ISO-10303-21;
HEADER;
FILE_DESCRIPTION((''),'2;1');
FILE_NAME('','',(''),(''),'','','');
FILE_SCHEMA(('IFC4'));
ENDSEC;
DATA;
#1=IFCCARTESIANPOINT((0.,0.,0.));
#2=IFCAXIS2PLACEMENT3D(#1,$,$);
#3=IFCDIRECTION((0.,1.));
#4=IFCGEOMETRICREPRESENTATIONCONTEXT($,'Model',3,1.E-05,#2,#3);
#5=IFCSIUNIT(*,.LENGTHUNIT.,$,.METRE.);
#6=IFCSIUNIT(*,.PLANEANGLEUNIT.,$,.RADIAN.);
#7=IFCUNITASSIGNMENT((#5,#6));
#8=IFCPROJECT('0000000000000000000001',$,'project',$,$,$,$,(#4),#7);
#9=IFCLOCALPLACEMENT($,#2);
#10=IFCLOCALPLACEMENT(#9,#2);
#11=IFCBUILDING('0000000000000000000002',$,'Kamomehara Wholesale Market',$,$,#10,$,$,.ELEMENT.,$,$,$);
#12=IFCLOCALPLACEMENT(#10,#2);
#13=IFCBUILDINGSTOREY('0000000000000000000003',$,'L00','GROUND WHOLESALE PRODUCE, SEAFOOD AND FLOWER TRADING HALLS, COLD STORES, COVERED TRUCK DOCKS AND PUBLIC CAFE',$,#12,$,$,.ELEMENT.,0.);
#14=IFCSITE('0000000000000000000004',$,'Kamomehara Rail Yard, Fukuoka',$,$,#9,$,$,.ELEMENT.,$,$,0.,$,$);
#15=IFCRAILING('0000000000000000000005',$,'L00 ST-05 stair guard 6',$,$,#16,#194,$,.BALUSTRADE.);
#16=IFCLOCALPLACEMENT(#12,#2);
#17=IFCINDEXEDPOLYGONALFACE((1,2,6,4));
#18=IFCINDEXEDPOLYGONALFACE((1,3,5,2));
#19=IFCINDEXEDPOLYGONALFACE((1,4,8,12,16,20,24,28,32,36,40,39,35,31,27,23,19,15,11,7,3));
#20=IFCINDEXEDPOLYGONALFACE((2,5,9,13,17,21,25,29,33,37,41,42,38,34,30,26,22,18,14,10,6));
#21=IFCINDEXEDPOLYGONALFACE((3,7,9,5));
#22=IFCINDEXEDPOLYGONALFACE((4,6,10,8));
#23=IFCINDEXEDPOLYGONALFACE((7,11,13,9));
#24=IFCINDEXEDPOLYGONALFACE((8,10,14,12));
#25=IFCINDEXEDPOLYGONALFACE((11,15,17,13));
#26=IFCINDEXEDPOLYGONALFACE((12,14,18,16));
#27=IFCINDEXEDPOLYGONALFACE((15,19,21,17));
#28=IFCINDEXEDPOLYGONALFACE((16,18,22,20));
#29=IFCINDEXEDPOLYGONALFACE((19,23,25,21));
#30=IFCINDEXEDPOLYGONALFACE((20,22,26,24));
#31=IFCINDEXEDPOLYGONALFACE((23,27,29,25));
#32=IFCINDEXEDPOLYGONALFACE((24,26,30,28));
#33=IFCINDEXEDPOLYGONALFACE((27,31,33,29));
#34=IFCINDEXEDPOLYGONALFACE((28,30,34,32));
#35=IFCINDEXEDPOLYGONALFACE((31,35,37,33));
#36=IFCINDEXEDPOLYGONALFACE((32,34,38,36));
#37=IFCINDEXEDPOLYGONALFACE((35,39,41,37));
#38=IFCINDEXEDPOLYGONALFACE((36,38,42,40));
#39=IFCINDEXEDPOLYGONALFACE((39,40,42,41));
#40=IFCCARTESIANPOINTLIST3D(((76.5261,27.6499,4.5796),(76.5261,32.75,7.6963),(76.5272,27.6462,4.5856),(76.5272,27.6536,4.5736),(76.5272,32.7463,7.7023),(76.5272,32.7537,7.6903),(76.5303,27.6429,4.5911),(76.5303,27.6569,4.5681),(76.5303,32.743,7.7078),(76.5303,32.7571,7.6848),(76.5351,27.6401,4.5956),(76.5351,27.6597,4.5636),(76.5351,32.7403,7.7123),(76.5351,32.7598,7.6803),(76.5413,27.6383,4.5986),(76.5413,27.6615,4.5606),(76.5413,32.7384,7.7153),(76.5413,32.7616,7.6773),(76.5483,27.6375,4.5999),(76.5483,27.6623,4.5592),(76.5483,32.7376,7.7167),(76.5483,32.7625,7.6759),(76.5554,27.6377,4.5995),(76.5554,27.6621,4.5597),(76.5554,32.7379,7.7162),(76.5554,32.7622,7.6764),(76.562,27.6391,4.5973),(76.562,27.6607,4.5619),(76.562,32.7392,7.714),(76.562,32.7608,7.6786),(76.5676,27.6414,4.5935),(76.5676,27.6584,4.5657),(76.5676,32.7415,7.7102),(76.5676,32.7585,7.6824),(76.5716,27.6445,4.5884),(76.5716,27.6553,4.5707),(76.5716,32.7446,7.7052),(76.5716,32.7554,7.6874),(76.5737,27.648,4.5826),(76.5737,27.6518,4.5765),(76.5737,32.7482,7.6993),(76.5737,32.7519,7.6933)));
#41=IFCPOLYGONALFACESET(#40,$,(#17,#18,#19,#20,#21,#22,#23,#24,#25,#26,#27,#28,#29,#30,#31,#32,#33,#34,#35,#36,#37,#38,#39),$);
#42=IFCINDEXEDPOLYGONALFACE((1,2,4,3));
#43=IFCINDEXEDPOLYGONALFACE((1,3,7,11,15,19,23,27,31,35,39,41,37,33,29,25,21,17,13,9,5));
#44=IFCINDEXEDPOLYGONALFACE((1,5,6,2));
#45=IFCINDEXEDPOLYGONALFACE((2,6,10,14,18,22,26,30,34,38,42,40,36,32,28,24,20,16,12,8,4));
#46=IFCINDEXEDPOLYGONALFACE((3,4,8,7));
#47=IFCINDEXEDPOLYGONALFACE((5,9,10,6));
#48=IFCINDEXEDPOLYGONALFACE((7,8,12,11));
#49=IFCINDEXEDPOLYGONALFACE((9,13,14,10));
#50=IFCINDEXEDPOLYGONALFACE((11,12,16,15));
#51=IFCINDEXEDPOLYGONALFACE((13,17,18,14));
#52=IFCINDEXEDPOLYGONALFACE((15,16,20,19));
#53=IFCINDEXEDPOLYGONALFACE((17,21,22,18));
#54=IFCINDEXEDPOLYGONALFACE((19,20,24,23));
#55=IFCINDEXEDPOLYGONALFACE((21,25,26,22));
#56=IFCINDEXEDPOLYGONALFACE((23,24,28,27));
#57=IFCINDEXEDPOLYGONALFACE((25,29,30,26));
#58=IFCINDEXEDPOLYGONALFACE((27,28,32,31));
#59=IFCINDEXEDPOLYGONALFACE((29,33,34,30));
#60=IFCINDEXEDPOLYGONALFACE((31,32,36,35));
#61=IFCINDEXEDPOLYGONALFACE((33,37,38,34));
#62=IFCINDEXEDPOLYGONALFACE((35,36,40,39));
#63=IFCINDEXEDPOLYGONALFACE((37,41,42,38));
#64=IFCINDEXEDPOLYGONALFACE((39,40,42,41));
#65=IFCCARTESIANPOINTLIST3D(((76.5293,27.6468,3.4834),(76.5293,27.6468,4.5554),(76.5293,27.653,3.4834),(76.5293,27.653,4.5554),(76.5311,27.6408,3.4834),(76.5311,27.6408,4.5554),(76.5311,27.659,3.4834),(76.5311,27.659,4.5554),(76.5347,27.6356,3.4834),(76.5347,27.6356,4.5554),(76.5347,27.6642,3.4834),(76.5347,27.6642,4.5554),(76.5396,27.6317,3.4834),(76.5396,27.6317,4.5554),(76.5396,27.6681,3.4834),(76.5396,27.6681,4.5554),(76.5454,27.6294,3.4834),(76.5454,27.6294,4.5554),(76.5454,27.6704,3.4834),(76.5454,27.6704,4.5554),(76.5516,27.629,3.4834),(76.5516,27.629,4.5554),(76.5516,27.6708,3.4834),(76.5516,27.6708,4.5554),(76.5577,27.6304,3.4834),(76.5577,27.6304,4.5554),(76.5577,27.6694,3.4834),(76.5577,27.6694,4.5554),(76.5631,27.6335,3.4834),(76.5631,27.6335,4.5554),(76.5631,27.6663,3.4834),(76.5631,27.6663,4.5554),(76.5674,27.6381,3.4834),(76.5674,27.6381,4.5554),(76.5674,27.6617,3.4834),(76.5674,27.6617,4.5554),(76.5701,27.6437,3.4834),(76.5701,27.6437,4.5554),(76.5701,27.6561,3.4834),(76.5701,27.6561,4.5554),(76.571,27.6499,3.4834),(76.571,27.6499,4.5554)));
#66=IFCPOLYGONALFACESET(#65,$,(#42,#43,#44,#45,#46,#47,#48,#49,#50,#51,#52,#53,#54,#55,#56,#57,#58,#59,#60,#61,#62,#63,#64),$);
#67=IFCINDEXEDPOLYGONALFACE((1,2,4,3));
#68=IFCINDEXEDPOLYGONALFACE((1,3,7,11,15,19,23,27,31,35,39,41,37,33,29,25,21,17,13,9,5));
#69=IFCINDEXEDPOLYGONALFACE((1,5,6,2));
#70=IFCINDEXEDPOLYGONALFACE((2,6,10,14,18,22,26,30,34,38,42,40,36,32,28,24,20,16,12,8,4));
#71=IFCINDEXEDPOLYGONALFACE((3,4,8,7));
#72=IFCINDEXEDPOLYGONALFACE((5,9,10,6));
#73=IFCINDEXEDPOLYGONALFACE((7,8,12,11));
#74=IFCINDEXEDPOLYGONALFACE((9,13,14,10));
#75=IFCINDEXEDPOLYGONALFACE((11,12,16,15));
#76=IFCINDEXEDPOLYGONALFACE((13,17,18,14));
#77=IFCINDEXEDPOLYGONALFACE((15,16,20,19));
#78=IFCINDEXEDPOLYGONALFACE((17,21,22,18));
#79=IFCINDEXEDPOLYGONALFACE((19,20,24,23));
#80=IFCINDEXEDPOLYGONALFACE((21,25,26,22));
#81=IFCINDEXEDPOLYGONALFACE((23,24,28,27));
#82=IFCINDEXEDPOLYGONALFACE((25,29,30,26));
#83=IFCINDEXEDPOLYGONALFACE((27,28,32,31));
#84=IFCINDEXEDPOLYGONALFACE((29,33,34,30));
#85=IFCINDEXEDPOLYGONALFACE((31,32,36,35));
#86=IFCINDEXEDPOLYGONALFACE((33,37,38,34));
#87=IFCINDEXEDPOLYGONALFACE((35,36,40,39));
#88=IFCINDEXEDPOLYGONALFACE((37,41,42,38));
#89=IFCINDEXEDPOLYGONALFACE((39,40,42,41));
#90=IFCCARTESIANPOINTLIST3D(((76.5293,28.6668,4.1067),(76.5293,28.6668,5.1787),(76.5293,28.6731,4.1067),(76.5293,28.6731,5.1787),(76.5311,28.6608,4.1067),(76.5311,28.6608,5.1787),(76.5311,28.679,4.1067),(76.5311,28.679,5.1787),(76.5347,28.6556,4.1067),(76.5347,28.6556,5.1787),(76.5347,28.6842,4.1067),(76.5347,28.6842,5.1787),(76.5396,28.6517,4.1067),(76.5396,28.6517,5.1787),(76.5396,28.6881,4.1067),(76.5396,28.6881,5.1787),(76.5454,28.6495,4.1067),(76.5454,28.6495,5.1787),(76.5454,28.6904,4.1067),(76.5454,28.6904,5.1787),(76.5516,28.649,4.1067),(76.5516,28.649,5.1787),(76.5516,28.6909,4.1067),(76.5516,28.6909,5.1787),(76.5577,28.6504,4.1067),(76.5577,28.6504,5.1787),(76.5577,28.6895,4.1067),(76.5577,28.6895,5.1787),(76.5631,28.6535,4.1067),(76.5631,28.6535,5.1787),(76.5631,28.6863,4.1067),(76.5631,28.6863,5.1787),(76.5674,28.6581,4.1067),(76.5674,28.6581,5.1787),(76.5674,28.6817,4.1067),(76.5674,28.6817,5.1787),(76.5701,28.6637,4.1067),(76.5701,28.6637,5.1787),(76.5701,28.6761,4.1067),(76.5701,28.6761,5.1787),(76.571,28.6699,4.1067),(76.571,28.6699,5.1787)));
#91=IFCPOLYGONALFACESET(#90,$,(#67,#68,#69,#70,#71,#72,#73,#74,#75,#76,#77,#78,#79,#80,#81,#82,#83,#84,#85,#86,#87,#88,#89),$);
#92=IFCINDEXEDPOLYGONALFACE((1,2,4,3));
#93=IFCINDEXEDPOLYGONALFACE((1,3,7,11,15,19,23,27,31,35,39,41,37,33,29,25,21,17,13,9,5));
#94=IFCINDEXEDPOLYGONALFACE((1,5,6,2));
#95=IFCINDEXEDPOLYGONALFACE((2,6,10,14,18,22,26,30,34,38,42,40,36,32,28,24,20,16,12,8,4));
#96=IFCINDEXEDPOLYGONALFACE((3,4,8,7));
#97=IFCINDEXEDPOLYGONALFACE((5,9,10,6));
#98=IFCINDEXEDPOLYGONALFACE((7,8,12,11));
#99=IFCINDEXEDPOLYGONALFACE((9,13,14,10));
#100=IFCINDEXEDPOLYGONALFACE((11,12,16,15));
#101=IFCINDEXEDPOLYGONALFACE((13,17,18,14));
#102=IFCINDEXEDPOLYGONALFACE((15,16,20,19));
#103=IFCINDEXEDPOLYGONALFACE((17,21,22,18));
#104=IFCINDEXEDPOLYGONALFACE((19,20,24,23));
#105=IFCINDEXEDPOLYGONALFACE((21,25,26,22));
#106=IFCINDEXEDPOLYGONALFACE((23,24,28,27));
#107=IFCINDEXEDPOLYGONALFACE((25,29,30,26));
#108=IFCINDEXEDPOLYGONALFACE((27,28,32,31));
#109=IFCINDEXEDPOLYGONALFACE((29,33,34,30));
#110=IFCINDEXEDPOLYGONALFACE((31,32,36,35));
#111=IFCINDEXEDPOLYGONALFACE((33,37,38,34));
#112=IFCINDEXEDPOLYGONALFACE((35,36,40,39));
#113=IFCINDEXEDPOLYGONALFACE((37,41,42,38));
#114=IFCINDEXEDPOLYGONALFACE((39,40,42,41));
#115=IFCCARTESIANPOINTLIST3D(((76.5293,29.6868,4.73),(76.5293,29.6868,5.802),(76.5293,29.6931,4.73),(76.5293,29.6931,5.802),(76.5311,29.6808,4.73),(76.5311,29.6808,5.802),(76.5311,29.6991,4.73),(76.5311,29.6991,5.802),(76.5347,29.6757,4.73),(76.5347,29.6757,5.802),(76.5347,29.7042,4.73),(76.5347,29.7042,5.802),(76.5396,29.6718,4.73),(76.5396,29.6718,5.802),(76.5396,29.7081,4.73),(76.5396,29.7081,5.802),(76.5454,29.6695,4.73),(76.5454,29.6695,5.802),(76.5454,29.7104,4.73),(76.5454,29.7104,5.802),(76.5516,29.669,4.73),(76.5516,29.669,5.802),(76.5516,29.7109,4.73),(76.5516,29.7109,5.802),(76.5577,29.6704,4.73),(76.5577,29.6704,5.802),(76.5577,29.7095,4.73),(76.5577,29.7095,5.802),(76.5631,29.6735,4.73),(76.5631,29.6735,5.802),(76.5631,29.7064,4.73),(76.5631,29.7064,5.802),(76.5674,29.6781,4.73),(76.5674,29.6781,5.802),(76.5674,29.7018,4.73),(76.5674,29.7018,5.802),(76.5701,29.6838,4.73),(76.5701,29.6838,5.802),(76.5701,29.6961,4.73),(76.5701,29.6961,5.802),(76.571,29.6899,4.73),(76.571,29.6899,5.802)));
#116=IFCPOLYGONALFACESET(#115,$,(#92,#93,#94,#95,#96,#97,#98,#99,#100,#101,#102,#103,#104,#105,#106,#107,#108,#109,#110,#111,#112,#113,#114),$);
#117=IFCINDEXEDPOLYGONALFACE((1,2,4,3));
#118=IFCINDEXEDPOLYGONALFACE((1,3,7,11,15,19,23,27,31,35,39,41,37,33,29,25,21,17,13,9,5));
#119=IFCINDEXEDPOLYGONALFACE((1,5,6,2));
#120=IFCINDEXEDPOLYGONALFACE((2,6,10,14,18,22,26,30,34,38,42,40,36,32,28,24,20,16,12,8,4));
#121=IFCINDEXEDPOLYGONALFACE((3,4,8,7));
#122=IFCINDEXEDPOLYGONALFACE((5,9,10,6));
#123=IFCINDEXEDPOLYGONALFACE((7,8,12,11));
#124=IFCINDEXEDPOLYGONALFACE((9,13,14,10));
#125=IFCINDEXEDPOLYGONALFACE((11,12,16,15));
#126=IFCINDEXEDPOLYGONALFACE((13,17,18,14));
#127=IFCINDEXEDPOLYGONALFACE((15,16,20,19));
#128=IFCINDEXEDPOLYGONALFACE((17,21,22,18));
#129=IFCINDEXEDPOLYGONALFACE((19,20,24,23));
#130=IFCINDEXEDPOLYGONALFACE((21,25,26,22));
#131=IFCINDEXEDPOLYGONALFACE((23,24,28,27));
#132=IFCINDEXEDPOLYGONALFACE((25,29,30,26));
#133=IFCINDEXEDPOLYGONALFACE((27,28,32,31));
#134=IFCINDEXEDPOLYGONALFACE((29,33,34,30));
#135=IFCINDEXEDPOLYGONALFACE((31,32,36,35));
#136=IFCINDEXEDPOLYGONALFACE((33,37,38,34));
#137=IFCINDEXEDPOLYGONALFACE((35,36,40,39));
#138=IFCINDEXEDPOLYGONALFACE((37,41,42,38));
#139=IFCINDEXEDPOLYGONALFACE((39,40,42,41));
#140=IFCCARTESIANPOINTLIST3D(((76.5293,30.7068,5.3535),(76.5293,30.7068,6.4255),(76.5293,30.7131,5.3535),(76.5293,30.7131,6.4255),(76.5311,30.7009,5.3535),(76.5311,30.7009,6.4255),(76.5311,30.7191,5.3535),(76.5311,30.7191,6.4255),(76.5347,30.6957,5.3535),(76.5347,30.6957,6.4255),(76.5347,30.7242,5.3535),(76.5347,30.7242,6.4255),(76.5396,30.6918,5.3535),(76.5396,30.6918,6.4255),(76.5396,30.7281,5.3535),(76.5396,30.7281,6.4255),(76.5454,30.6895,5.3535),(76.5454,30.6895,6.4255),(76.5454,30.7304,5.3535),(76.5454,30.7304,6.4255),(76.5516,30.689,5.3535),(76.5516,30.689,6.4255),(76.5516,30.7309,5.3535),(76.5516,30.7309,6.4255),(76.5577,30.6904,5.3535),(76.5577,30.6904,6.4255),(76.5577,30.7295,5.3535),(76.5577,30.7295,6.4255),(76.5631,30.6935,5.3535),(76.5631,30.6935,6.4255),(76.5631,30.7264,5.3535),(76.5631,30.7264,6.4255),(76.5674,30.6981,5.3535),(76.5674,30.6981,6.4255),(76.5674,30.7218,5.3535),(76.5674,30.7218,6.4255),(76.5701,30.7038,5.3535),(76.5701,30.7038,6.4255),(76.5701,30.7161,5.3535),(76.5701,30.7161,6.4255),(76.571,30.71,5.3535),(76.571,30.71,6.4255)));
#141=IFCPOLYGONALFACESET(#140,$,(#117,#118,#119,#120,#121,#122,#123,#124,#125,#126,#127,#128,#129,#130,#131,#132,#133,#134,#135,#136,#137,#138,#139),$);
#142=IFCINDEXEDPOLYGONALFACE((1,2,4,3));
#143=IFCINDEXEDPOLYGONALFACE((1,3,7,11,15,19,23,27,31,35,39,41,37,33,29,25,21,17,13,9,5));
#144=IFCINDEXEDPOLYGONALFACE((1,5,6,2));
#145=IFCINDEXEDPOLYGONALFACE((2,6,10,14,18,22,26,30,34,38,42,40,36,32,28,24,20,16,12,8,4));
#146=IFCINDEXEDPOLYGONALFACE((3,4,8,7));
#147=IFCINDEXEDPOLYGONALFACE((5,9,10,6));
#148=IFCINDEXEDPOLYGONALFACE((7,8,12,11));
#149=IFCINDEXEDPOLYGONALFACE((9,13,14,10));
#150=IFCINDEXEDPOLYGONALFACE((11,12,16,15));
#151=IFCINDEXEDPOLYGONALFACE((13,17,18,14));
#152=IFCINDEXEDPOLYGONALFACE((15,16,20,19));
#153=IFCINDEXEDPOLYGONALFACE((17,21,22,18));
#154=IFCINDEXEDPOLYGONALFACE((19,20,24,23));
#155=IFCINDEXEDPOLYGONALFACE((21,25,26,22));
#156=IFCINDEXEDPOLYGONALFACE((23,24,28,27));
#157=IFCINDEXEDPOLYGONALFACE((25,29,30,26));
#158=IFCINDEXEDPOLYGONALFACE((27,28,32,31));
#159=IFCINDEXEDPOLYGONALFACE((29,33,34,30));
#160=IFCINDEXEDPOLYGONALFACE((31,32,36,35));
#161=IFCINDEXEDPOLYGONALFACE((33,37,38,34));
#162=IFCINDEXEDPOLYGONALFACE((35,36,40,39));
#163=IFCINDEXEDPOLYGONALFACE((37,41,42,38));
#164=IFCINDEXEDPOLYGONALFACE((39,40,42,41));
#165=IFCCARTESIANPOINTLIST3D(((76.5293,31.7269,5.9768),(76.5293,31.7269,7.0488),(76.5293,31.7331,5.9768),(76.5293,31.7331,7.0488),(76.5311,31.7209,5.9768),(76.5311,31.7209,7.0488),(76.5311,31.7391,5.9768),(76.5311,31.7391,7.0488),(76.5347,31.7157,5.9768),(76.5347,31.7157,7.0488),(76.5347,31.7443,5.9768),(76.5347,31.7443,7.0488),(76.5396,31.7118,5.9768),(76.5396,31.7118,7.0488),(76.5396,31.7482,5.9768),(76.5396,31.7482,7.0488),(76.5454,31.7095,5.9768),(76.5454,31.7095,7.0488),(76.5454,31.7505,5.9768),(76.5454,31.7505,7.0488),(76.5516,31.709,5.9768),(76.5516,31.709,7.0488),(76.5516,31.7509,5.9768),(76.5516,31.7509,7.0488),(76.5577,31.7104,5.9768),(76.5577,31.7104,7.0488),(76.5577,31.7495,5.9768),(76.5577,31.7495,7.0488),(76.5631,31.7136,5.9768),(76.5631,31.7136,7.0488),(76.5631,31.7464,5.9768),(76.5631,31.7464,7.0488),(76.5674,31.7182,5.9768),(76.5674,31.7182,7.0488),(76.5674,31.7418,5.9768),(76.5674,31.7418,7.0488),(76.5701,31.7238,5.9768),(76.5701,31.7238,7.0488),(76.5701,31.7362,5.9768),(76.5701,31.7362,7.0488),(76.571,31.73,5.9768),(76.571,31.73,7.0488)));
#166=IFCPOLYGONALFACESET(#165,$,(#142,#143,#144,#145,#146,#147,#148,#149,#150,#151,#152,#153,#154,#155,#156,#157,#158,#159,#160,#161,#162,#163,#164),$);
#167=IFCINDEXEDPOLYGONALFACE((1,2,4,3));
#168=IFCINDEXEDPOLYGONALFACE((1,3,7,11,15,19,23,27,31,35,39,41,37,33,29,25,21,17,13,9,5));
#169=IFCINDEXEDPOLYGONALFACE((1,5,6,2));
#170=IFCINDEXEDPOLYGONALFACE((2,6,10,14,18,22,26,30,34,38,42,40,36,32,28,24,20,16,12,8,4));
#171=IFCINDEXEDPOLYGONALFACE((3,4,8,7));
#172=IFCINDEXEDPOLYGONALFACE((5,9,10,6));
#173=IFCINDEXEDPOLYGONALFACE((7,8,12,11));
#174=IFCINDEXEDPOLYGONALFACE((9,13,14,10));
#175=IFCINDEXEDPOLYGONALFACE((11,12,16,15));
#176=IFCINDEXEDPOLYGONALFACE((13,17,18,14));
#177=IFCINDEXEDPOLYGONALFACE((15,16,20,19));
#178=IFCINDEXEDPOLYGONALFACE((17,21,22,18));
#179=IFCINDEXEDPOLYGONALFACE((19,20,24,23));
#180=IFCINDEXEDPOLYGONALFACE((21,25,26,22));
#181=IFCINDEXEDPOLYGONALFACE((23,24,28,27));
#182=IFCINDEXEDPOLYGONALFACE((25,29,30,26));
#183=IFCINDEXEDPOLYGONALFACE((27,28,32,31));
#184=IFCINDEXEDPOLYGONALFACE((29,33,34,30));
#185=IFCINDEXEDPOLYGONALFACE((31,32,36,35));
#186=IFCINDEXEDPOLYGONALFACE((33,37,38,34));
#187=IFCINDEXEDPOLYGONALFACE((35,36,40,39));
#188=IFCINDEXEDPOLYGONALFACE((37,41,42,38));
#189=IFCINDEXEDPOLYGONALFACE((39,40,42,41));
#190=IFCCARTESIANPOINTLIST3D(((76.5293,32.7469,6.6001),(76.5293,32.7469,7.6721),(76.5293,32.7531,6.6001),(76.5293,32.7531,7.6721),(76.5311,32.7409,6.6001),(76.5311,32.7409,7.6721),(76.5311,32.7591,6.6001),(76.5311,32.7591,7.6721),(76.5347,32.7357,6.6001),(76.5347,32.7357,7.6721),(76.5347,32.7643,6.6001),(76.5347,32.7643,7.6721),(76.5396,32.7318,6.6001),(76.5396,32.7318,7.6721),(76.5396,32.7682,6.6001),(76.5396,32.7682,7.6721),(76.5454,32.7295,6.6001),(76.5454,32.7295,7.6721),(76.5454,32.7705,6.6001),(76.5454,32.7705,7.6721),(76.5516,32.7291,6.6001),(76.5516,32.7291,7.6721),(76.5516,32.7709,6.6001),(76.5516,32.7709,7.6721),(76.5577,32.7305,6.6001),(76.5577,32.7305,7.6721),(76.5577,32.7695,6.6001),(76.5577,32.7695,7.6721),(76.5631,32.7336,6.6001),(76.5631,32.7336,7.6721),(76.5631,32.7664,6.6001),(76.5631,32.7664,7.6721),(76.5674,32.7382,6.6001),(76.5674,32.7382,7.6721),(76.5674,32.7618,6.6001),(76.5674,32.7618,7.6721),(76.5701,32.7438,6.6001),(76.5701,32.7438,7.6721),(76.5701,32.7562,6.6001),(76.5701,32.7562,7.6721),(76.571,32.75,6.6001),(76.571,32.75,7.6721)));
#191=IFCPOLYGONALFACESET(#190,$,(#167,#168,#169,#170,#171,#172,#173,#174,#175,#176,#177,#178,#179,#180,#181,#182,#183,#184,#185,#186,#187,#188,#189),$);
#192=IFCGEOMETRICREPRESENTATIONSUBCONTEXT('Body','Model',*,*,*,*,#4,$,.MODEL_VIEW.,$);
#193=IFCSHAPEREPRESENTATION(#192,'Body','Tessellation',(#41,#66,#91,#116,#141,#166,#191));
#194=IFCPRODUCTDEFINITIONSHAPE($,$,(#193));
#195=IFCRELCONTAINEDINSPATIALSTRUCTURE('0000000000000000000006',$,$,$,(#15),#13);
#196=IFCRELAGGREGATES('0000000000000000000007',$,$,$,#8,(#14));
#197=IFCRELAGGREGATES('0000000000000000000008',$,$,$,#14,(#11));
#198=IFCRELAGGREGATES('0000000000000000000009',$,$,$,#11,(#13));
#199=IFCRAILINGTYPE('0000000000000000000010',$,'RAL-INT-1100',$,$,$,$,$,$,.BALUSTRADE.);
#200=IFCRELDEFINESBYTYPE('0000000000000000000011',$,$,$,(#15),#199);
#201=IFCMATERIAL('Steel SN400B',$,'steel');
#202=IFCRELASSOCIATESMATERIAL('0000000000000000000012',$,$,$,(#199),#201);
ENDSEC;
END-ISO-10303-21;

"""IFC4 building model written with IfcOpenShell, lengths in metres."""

from ifc_helpers import new_model, si_unit, direction, frame, origin, origin_2d, place, context, subcontext, project, spatial, circle, extrude, material, type_object, element, save


model = new_model("IFC4")

# Units and contexts
model_context = context("Model", 3, precision=1e-05, world=origin(), true_north=direction((0.0, 1.0)))
body_context = subcontext(model_context, "Body", "Model", "MODEL_VIEW")
ifc_project = project(units=[si_unit("LENGTHUNIT", "METRE"), si_unit("PLANEANGLEUNIT", "RADIAN")], contexts=[model_context])

# Site, building, storey
site_placement = place(None, origin())
site = spatial("IfcSite", under=ifc_project, at=site_placement, Name="Kamomehara Rail Yard, Fukuoka", CompositionType="ELEMENT", RefElevation=0.0)
building_placement = place(site_placement, origin())
building = spatial("IfcBuilding", under=site, at=building_placement, Name="Kamomehara Wholesale Market", CompositionType="ELEMENT")
storey_placement = place(building_placement, origin())
storey = spatial("IfcBuildingStorey", under=building, at=storey_placement, Name="L00", Description="GROUND WHOLESALE PRODUCE, SEAFOOD AND FLOWER TRADING HALLS, COLD STORES, COVERED TRUCK DOCKS AND PUBLIC CAFE", CompositionType="ELEMENT", Elevation=0.0)

# Railing
ifc_material_1 = material(Name="Steel SN400B", Category="steel")
railing_type_1 = type_object("IfcRailingType", Name="RAL-INT-1100", PredefinedType="BALUSTRADE", material=ifc_material_1)
railing_1_placement = place(storey_placement, frame((76.55, 27.6499, 3.4834)))
element("IfcRailing", 1, at=railing_1_placement, inside=storey, type_object=railing_type_1, Name="L00 ST-05 stair guard 6", PredefinedType="BALUSTRADE", context=body_context, shape_type="SweptSolid", body=[
    extrude(circle(Radius=0.0239, at=origin_2d()), frame((0.0, 0.0, 1.0962), z_axis=(0.0, 0.853284, 0.521447), x_axis=(-1.0, 0.0, 0.0)), (0.0, 0.0, 1.0), 5.9771),
    extrude(circle(Radius=0.021, at=origin_2d()), origin(), (0.0, 0.0, 1.0), 1.072),
    extrude(circle(Radius=0.021, at=origin_2d()), frame((0.0, 1.02, 0.6233)), (0.0, 0.0, 1.0), 1.072),
    extrude(circle(Radius=0.021, at=origin_2d()), frame((0.0, 2.04, 1.2466)), (0.0, 0.0, 1.0), 1.072),
    extrude(circle(Radius=0.021, at=origin_2d()), frame((0.0, 3.0601, 1.8701)), (0.0, 0.0, 1.0), 1.072),
    extrude(circle(Radius=0.021, at=origin_2d()), frame((0.0, 4.0801, 2.4934)), (0.0, 0.0, 1.0), 1.072),
    extrude(circle(Radius=0.021, at=origin_2d()), frame((0.0, 5.1001, 3.1167)), (0.0, 0.0, 1.0), 1.072),
])

save(model, "model.ifc")
